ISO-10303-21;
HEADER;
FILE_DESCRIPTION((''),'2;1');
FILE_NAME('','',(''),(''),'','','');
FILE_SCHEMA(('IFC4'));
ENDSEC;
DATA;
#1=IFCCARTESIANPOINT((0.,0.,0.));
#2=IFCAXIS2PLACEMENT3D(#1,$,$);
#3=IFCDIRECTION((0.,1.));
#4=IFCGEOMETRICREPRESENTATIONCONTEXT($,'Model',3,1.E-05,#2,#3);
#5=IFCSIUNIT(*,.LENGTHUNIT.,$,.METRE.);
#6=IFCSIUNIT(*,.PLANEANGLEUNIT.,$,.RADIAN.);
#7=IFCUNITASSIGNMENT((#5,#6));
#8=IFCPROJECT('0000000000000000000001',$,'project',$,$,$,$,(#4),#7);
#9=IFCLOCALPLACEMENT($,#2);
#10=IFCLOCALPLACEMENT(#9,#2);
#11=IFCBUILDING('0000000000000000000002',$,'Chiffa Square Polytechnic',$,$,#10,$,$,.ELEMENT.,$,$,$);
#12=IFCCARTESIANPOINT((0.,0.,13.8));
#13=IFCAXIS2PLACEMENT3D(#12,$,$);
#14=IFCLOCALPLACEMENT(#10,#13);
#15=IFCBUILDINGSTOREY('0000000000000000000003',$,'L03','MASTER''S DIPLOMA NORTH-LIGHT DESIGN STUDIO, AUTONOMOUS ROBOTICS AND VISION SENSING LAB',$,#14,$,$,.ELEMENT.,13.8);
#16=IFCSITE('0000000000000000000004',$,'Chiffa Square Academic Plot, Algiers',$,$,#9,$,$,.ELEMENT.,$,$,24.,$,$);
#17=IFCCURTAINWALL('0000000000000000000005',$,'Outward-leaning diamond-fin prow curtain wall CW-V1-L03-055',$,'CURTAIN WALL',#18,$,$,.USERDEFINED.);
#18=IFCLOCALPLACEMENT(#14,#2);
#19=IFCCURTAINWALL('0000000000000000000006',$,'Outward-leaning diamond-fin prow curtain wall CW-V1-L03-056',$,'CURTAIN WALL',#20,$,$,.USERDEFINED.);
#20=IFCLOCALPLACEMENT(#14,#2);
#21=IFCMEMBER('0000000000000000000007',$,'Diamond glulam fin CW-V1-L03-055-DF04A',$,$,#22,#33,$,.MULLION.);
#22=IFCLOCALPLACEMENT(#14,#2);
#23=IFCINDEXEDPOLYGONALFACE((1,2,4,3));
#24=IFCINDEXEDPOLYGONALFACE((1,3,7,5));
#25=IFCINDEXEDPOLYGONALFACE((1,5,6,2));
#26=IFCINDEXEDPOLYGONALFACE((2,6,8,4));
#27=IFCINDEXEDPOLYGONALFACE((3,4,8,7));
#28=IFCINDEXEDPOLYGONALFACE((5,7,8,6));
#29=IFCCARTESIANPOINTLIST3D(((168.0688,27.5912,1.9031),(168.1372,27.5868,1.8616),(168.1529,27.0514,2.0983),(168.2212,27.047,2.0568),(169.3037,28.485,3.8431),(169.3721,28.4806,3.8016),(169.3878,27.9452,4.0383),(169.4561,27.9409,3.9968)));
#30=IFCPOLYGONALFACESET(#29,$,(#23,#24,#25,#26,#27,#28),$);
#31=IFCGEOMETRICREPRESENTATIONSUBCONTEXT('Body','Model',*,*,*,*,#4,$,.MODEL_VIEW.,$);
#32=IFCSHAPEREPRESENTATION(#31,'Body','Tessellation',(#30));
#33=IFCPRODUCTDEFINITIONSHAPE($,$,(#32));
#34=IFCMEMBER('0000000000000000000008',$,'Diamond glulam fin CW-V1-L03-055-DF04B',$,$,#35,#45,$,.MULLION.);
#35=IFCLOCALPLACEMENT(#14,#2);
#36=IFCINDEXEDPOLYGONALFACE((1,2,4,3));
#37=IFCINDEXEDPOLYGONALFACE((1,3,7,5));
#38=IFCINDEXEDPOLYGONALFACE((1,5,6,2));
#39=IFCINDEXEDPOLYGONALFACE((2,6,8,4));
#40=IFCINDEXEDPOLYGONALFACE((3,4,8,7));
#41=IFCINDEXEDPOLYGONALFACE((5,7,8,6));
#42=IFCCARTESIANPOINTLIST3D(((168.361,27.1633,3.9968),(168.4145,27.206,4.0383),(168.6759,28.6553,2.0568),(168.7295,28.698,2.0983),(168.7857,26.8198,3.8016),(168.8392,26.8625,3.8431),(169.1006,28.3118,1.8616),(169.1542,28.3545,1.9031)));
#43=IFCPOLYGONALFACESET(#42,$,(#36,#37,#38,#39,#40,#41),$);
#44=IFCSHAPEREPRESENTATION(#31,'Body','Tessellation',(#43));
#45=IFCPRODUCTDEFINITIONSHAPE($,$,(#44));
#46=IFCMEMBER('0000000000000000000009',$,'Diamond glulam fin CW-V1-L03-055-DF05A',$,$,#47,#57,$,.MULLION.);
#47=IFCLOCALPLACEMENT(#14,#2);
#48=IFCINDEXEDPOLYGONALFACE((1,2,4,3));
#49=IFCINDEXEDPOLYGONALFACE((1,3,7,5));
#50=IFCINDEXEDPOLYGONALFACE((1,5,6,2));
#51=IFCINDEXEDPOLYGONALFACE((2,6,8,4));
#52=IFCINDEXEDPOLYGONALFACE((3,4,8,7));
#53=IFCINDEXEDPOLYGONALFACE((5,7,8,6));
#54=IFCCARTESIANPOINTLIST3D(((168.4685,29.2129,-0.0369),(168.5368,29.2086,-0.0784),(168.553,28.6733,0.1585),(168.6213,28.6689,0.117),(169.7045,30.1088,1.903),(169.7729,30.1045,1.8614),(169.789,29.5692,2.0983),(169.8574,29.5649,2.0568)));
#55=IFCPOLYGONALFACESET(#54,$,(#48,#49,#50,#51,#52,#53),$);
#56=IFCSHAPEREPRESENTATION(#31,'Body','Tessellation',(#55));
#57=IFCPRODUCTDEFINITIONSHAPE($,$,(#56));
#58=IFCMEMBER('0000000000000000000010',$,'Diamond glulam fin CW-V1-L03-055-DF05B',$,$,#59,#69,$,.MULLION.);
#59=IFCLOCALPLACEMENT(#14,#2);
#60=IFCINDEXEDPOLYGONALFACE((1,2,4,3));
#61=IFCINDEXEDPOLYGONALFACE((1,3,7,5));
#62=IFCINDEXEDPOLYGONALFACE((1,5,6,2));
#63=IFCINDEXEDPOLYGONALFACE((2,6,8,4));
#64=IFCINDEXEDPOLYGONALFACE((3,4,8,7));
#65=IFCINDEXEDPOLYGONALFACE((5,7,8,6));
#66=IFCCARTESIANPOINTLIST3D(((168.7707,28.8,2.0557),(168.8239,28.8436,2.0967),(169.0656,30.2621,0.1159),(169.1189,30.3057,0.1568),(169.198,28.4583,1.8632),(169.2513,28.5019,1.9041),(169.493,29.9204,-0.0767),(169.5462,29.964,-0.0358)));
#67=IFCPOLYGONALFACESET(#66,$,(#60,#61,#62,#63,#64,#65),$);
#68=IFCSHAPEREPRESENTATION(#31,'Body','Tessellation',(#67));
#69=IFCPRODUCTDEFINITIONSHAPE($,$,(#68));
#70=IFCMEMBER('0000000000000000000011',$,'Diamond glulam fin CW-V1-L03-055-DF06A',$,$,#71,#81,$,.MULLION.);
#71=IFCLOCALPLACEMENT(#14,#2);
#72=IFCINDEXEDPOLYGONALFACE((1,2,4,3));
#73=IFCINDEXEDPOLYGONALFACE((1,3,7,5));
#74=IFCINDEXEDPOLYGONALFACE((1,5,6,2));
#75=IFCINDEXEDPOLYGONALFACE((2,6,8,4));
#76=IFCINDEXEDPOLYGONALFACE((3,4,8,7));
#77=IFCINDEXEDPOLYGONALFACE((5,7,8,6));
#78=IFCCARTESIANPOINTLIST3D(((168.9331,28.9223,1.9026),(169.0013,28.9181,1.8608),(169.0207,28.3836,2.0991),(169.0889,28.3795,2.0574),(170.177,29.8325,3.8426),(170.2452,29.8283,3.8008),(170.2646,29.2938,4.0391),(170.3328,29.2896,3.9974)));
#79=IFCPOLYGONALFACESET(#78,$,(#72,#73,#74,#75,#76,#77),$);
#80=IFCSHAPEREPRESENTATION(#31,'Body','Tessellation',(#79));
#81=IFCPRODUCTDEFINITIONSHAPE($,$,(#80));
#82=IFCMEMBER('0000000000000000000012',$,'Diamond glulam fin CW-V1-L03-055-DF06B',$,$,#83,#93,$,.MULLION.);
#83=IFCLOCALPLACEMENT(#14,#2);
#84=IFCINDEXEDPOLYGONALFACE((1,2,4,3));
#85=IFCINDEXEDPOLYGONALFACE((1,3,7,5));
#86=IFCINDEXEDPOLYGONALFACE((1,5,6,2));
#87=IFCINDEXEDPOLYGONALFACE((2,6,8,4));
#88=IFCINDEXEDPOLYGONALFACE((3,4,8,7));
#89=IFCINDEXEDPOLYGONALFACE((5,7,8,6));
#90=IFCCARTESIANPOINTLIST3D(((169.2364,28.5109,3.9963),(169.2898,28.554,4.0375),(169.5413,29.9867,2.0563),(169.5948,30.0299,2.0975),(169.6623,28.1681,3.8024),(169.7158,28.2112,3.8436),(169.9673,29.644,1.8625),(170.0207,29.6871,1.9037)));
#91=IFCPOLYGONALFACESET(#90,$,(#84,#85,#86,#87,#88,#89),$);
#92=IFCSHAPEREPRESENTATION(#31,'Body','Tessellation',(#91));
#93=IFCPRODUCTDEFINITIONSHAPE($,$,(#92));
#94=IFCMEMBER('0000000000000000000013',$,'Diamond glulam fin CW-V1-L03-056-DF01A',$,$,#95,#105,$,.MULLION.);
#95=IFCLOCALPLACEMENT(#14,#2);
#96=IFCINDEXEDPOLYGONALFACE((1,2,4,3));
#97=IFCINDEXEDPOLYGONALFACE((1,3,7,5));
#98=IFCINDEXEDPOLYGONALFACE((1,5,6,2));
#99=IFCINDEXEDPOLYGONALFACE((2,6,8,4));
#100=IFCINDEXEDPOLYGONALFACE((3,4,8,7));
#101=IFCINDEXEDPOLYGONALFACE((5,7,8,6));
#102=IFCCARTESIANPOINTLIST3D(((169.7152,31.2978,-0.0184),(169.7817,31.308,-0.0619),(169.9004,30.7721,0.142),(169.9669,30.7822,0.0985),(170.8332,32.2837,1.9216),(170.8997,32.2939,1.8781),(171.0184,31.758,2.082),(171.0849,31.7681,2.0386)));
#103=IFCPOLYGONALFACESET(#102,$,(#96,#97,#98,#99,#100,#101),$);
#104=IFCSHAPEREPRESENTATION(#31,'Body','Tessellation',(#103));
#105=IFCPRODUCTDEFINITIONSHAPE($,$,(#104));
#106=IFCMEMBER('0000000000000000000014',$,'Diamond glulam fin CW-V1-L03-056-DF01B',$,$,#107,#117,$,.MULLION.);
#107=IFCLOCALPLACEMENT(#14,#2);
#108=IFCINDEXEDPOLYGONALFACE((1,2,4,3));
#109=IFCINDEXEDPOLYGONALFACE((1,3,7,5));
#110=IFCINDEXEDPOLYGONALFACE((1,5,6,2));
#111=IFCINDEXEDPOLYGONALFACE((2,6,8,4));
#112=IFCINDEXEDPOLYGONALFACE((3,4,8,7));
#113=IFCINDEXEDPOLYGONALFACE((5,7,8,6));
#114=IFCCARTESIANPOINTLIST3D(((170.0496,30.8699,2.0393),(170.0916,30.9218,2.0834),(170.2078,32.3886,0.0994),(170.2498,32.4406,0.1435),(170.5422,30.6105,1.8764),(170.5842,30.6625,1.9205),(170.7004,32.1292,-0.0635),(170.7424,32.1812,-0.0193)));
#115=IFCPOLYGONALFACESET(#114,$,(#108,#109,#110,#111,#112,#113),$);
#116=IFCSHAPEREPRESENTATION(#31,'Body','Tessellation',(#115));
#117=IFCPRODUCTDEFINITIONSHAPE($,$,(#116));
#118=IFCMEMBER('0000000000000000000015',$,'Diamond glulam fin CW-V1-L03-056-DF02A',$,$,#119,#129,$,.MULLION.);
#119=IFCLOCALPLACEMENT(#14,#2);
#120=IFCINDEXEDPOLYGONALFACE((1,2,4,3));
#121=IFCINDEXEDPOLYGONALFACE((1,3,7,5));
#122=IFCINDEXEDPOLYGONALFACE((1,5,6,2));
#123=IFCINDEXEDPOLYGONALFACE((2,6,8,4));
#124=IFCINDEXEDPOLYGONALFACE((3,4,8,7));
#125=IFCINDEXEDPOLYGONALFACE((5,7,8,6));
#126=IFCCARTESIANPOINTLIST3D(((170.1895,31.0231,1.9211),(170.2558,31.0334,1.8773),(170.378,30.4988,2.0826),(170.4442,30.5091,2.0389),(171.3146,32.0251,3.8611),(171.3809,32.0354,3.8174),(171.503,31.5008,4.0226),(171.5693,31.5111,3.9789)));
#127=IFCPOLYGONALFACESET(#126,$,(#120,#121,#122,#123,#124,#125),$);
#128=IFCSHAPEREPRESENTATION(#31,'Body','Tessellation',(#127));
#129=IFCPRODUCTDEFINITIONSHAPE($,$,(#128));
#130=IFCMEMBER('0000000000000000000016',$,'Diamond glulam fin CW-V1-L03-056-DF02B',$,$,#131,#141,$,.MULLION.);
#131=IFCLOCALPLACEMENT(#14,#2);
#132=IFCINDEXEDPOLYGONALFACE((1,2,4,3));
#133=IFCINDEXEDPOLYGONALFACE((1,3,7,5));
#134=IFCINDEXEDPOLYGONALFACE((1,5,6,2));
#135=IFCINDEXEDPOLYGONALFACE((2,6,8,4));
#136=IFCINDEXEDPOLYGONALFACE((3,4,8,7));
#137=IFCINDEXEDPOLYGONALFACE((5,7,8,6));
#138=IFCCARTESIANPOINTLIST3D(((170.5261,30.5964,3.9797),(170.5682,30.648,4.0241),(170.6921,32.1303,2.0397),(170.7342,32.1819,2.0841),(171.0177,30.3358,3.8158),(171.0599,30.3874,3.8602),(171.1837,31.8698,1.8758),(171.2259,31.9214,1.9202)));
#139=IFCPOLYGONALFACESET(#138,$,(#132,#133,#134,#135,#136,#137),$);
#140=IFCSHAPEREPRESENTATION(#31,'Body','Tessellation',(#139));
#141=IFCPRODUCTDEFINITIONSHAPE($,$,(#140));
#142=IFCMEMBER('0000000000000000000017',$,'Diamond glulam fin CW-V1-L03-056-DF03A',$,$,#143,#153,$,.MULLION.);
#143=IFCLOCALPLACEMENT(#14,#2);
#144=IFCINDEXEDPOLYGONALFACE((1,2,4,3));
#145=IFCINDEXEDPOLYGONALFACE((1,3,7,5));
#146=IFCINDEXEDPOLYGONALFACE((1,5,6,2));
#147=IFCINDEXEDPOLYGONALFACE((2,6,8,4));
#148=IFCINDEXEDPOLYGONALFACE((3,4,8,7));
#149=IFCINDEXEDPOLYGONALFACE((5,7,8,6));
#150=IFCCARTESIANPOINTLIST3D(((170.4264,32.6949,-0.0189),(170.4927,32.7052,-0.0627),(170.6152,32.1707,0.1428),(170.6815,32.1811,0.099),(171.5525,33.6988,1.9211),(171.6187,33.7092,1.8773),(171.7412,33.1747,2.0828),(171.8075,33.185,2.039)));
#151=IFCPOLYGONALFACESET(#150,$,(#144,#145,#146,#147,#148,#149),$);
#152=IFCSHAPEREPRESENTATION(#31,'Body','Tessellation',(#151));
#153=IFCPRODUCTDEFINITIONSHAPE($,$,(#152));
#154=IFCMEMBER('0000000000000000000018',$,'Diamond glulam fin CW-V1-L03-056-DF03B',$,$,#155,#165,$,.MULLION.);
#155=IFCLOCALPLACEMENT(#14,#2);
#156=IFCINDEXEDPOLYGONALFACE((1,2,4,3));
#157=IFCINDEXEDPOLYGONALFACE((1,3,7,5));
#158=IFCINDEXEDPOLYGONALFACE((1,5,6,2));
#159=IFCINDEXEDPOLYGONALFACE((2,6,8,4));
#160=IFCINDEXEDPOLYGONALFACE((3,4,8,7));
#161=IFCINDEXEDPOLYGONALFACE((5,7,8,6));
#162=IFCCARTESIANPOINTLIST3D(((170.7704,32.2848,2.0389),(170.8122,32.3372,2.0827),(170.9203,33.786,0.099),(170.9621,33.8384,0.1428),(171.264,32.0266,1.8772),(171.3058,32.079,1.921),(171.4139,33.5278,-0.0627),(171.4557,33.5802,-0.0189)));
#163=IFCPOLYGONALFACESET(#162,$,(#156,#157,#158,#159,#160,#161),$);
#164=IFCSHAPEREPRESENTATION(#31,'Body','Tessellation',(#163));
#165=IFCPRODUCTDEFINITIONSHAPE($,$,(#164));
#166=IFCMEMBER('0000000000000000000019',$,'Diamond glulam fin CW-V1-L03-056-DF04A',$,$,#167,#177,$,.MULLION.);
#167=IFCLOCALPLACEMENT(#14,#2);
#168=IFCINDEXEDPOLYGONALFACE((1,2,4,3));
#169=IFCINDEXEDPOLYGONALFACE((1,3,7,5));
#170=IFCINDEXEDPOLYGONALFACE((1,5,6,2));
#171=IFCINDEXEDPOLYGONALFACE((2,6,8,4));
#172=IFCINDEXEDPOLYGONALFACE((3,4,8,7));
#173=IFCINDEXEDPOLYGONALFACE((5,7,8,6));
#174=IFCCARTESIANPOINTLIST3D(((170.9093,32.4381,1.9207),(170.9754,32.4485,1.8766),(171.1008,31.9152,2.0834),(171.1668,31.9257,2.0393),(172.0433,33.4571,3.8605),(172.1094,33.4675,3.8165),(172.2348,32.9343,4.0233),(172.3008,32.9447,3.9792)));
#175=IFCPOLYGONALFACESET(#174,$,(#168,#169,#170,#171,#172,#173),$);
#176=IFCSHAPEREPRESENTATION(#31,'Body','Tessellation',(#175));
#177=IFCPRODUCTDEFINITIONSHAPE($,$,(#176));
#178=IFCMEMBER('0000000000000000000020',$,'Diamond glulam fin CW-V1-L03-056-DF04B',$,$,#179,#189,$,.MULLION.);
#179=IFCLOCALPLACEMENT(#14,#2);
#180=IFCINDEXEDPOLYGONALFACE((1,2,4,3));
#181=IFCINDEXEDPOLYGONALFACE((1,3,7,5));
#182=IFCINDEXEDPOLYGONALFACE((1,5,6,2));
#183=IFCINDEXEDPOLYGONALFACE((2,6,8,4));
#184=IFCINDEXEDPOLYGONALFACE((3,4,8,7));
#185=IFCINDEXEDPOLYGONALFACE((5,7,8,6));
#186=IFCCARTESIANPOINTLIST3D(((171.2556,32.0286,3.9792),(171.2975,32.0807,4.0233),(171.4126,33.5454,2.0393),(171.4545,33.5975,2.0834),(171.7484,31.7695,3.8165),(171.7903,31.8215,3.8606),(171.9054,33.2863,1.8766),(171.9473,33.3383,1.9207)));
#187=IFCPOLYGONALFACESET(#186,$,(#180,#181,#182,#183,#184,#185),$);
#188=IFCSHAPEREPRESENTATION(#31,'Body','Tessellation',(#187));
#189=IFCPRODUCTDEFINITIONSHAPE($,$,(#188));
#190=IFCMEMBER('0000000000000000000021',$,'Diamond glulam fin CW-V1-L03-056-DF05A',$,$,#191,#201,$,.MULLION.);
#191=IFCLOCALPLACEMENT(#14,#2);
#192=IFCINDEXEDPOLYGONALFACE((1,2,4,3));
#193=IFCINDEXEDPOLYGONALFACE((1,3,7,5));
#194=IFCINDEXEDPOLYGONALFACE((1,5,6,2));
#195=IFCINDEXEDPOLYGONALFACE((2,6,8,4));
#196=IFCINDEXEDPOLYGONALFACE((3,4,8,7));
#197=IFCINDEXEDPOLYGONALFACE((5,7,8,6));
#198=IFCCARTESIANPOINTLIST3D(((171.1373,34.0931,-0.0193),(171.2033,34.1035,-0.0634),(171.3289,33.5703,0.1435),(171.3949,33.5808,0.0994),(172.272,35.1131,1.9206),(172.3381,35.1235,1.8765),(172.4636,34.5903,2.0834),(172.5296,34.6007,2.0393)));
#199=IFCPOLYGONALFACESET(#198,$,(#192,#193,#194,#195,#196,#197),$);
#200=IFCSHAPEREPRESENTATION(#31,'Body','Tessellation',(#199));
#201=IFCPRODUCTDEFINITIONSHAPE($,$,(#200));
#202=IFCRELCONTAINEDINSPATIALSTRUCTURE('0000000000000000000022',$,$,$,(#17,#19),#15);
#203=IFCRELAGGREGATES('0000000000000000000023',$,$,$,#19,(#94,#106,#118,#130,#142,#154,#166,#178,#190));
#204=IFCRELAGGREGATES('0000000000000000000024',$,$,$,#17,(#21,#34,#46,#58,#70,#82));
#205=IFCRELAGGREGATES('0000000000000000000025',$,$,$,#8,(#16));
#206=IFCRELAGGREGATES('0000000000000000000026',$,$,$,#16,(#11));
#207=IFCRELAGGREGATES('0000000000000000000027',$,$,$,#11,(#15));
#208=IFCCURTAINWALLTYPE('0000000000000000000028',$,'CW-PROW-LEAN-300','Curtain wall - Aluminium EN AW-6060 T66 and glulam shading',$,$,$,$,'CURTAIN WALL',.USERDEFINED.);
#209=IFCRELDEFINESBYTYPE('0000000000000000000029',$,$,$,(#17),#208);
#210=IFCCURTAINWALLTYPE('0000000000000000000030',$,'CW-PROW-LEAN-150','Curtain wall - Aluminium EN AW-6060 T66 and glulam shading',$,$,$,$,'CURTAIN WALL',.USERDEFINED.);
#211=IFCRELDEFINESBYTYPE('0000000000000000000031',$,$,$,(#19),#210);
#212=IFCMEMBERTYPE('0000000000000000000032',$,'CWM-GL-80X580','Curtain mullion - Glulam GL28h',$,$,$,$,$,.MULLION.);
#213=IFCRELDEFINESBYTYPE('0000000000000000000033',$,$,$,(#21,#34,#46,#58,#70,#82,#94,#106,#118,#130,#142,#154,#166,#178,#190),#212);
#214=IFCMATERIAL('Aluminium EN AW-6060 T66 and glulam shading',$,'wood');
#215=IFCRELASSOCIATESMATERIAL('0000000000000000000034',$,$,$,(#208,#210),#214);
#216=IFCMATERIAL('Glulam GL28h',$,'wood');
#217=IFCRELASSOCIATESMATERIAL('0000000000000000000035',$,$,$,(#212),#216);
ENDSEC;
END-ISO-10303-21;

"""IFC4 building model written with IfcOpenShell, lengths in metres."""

from ifc_helpers import new_model, si_unit, direction, frame, origin, origin_2d, place, context, subcontext, project, spatial, rectangle, extrude, material, material_profile, profile_set, type_object, element, aggregate, save


model = new_model("IFC4")

# Units and contexts
model_context = context("Model", 3, precision=1e-05, world=origin(), true_north=direction((0.0, 1.0)))
body_context = subcontext(model_context, "Body", "Model", "MODEL_VIEW")
ifc_project = project(units=[si_unit("LENGTHUNIT", "METRE"), si_unit("PLANEANGLEUNIT", "RADIAN")], contexts=[model_context])

# Site, building, storey
site_placement = place(None, origin())
site = spatial("IfcSite", under=ifc_project, at=site_placement, Name="Chiffa Square Academic Plot, Algiers", CompositionType="ELEMENT", RefElevation=24.0)
building_placement = place(site_placement, origin())
building = spatial("IfcBuilding", under=site, at=building_placement, Name="Chiffa Square Polytechnic", CompositionType="ELEMENT")
storey_placement = place(building_placement, frame((0.0, 0.0, 13.8)))
storey = spatial("IfcBuildingStorey", under=building, at=storey_placement, Name="L03", Description="MASTER'S DIPLOMA NORTH-LIGHT DESIGN STUDIO, AUTONOMOUS ROBOTICS AND VISION SENSING LAB", CompositionType="ELEMENT", Elevation=13.8)

# Curtain walls
ifc_material_1 = material(Name="Aluminium EN AW-6060 T66 and glulam shading", Category="wood")
curtain_wall_type_1 = type_object("IfcCurtainWallType", Name="CW-PROW-LEAN-300", Description="Curtain wall - Aluminium EN AW-6060 T66 and glulam shading", ElementType="CURTAIN WALL", PredefinedType="USERDEFINED", material=ifc_material_1)
curtain_wall_1_placement = place(storey_placement, origin())
curtain_wall_1 = element("IfcCurtainWall", 1, at=curtain_wall_1_placement, inside=storey, type_object=curtain_wall_type_1, Name="Outward-leaning diamond-fin prow curtain wall CW-V1-L03-055", ObjectType="CURTAIN WALL", PredefinedType="USERDEFINED")
curtain_wall_type_2 = type_object("IfcCurtainWallType", Name="CW-PROW-LEAN-150", Description="Curtain wall - Aluminium EN AW-6060 T66 and glulam shading", ElementType="CURTAIN WALL", PredefinedType="USERDEFINED", material=ifc_material_1)
curtain_wall_2_placement = place(storey_placement, origin())
curtain_wall_2 = element("IfcCurtainWall", 2, at=curtain_wall_2_placement, inside=storey, type_object=curtain_wall_type_2, Name="Outward-leaning diamond-fin prow curtain wall CW-V1-L03-056", ObjectType="CURTAIN WALL", PredefinedType="USERDEFINED")

# Members
ifc_material_2 = material(Name="Glulam GL28h", Category="wood")
ifc_material_profile_1 = material_profile(ifc_material_2, rectangle(XDim=0.0801, YDim=0.5801, at=origin_2d()), Name="GL28h 80x580")
ifc_profile_set_1 = profile_set([ifc_material_profile_1], Name="Glulam GL28h")
member_type_1 = type_object("IfcMemberType", Name="CWM-GL-80X580", Description="Curtain mullion - Glulam GL28h", PredefinedType="MULLION", material=ifc_profile_set_1)
member_1_placement = place(storey_placement, frame((168.145, 27.3191, 1.98), z_axis=(0.50051, 0.362271, 0.786289), x_axis=(-0.85353, 0.054547, 0.51818)))
member_1 = element("IfcMember", 3, at=member_1_placement, type_object=member_type_1, Name="Diamond glulam fin CW-V1-L03-055-DF04A", PredefinedType="MULLION", context=body_context, shape_type="SweptSolid", body=[
    extrude(rectangle(XDim=0.0801, YDim=0.5801, at=origin_2d()), origin(), (0.0, 0.0, 1.0), 2.4673),
])
member_2_placement = place(storey_placement, frame((168.915, 28.5049, 1.98), z_axis=(-0.127637, -0.604643, 0.786204), x_axis=(0.669083, 0.532657, 0.518271)))
member_2 = element("IfcMember", 4, at=member_2_placement, type_object=member_type_1, Name="Diamond glulam fin CW-V1-L03-055-DF04B", PredefinedType="MULLION", context=body_context, shape_type="SweptSolid", body=[
    extrude(rectangle(XDim=0.0801, YDim=0.5801, at=origin_2d()), origin(), (0.0, 0.0, 1.0), 2.4675),
])
member_3_placement = place(storey_placement, frame((168.5449, 28.9409, 0.04), z_axis=(0.500719, 0.362954, 0.78584), x_axis=(-0.853264, 0.054172, 0.518659)))
member_3 = element("IfcMember", 5, at=member_3_placement, type_object=member_type_1, Name="Diamond glulam fin CW-V1-L03-055-DF05A", PredefinedType="MULLION", context=body_context, shape_type="SweptSolid", body=[
    extrude(rectangle(XDim=0.0801, YDim=0.5801, at=origin_2d()), origin(), (0.0, 0.0, 1.0), 2.4685),
])
member_4_placement = place(storey_placement, frame((169.3059, 30.113, 0.04), z_axis=(-0.120519, -0.597509, 0.792754), x_axis=(0.665344, 0.544047, 0.511205)))
member_4 = element("IfcMember", 6, at=member_4_placement, type_object=member_type_1, Name="Diamond glulam fin CW-V1-L03-055-DF05B", PredefinedType="MULLION", context=body_context, shape_type="SweptSolid", body=[
    extrude(rectangle(XDim=0.0801, YDim=0.5801, at=origin_2d()), origin(), (0.0, 0.0, 1.0), 2.447),
])
member_5_placement = place(storey_placement, frame((169.011, 28.6509, 1.98), z_axis=(0.502035, 0.367338, 0.782958), x_axis=(-0.851546, 0.051791, 0.521715)))
member_5 = element("IfcMember", 7, at=member_5_placement, type_object=member_type_1, Name="Diamond glulam fin CW-V1-L03-055-DF06A", PredefinedType="MULLION", context=body_context, shape_type="SweptSolid", body=[
    extrude(rectangle(XDim=0.0801, YDim=0.5801, at=origin_2d()), origin(), (0.0, 0.0, 1.0), 2.4778),
])
member_6_placement = place(storey_placement, frame((169.781, 29.8369, 1.98), z_axis=(-0.124132, -0.600784, 0.789715), x_axis=(0.667387, 0.538407, 0.514502)))
member_6 = element("IfcMember", 8, at=member_6_placement, type_object=member_type_1, Name="Diamond glulam fin CW-V1-L03-055-DF06B", PredefinedType="MULLION", context=body_context, shape_type="SweptSolid", body=[
    extrude(rectangle(XDim=0.0801, YDim=0.5801, at=origin_2d()), origin(), (0.0, 0.0, 1.0), 2.4565),
])
member_7_placement = place(storey_placement, frame((169.8411, 31.04, 0.04), z_axis=(0.456961, 0.402972, 0.79297), x_axis=(-0.830197, -0.12681, 0.542856)))
member_7 = element("IfcMember", 9, at=member_7_placement, type_object=member_type_1, Name="Diamond glulam fin CW-V1-L03-056-DF01A", PredefinedType="MULLION", context=body_context, shape_type="SweptSolid", body=[
    extrude(rectangle(XDim=0.0801, YDim=0.5801, at=origin_2d()), origin(), (0.0, 0.0, 1.0), 2.4465),
])
member_8_placement = place(storey_placement, frame((170.4751, 32.2849, 0.04), z_axis=(-0.06408, -0.615188, 0.785772), x_axis=(0.524083, 0.649325, 0.551102)))
member_8 = element("IfcMember", 10, at=member_8_placement, type_object=member_type_1, Name="Diamond glulam fin CW-V1-L03-056-DF01B", PredefinedType="MULLION", context=body_context, shape_type="SweptSolid", body=[
    extrude(rectangle(XDim=0.0801, YDim=0.5801, at=origin_2d()), origin(), (0.0, 0.0, 1.0), 2.4688),
])
member_9_placement = place(storey_placement, frame((170.3169, 30.7661, 1.98), z_axis=(0.458025, 0.407929, 0.789815), x_axis=(-0.827465, -0.129018, 0.546495)))
member_9 = element("IfcMember", 11, at=member_9_placement, type_object=member_type_1, Name="Diamond glulam fin CW-V1-L03-056-DF02A", PredefinedType="MULLION", context=body_context, shape_type="SweptSolid", body=[
    extrude(rectangle(XDim=0.0801, YDim=0.5801, at=origin_2d()), origin(), (0.0, 0.0, 1.0), 2.4563),
])
member_10_placement = place(storey_placement, frame((170.959, 32.0259, 1.98), z_axis=(-0.066977, -0.61885, 0.782649), x_axis=(0.526389, 0.644447, 0.554619)))
member_10 = element("IfcMember", 12, at=member_10_placement, type_object=member_type_1, Name="Diamond glulam fin CW-V1-L03-056-DF02B", PredefinedType="MULLION", context=body_context, shape_type="SweptSolid", body=[
    extrude(rectangle(XDim=0.0801, YDim=0.5801, at=origin_2d()), origin(), (0.0, 0.0, 1.0), 2.4788),
])
member_11_placement = place(storey_placement, frame((170.554, 32.438, 0.04), z_axis=(0.45819, 0.408517, 0.789415), x_axis=(-0.827129, -0.129225, 0.546953)))
member_11 = element("IfcMember", 13, at=member_11_placement, type_object=member_type_1, Name="Diamond glulam fin CW-V1-L03-056-DF03A", PredefinedType="MULLION", context=body_context, shape_type="SweptSolid", body=[
    extrude(rectangle(XDim=0.0801, YDim=0.5801, at=origin_2d()), origin(), (0.0, 0.0, 1.0), 2.4575),
])
member_12_placement = place(storey_placement, frame((171.188, 33.6831, 0.04), z_axis=(-0.060997, -0.610863, 0.789383), x_axis=(0.521628, 0.654757, 0.54699)))
member_12 = element("IfcMember", 14, at=member_12_placement, type_object=member_type_1, Name="Diamond glulam fin CW-V1-L03-056-DF03B", PredefinedType="MULLION", context=body_context, shape_type="SweptSolid", body=[
    extrude(rectangle(XDim=0.0801, YDim=0.5801, at=origin_2d()), origin(), (0.0, 0.0, 1.0), 2.4575),
])
member_13_placement = place(storey_placement, frame((171.0381, 32.1819, 1.98), z_axis=(0.459614, 0.41301, 0.786243), x_axis=(-0.824518, -0.130555, 0.550569)))
member_13 = element("IfcMember", 15, at=member_13_placement, type_object=member_type_1, Name="Diamond glulam fin CW-V1-L03-056-DF04A", PredefinedType="MULLION", context=body_context, shape_type="SweptSolid", body=[
    extrude(rectangle(XDim=0.0801, YDim=0.5801, at=origin_2d()), origin(), (0.0, 0.0, 1.0), 2.4673),
])
member_14_placement = place(storey_placement, frame((171.6799, 33.4419, 1.98), z_axis=(-0.063619, -0.614716, 0.786179), x_axis=(0.523689, 0.650034, 0.550641)))
member_14 = element("IfcMember", 16, at=member_14_placement, type_object=member_type_1, Name="Diamond glulam fin CW-V1-L03-056-DF04B", PredefinedType="MULLION", context=body_context, shape_type="SweptSolid", body=[
    extrude(rectangle(XDim=0.0801, YDim=0.5801, at=origin_2d()), origin(), (0.0, 0.0, 1.0), 2.4675),
])
member_15_placement = place(storey_placement, frame((171.2661, 33.8369, 0.04), z_axis=(0.459773, 0.413282, 0.786007), x_axis=(-0.824341, -0.130543, 0.550836)))
member_15 = element("IfcMember", 17, at=member_15_placement, type_object=member_type_1, Name="Diamond glulam fin CW-V1-L03-056-DF05A", PredefinedType="MULLION", context=body_context, shape_type="SweptSolid", body=[
    extrude(rectangle(XDim=0.0801, YDim=0.5801, at=origin_2d()), origin(), (0.0, 0.0, 1.0), 2.468),
])

aggregate(curtain_wall_2, [member_7, member_8, member_9, member_10, member_11, member_12, member_13, member_14, member_15])
aggregate(curtain_wall_1, [member_1, member_2, member_3, member_4, member_5, member_6])

save(model, "model.ifc")
